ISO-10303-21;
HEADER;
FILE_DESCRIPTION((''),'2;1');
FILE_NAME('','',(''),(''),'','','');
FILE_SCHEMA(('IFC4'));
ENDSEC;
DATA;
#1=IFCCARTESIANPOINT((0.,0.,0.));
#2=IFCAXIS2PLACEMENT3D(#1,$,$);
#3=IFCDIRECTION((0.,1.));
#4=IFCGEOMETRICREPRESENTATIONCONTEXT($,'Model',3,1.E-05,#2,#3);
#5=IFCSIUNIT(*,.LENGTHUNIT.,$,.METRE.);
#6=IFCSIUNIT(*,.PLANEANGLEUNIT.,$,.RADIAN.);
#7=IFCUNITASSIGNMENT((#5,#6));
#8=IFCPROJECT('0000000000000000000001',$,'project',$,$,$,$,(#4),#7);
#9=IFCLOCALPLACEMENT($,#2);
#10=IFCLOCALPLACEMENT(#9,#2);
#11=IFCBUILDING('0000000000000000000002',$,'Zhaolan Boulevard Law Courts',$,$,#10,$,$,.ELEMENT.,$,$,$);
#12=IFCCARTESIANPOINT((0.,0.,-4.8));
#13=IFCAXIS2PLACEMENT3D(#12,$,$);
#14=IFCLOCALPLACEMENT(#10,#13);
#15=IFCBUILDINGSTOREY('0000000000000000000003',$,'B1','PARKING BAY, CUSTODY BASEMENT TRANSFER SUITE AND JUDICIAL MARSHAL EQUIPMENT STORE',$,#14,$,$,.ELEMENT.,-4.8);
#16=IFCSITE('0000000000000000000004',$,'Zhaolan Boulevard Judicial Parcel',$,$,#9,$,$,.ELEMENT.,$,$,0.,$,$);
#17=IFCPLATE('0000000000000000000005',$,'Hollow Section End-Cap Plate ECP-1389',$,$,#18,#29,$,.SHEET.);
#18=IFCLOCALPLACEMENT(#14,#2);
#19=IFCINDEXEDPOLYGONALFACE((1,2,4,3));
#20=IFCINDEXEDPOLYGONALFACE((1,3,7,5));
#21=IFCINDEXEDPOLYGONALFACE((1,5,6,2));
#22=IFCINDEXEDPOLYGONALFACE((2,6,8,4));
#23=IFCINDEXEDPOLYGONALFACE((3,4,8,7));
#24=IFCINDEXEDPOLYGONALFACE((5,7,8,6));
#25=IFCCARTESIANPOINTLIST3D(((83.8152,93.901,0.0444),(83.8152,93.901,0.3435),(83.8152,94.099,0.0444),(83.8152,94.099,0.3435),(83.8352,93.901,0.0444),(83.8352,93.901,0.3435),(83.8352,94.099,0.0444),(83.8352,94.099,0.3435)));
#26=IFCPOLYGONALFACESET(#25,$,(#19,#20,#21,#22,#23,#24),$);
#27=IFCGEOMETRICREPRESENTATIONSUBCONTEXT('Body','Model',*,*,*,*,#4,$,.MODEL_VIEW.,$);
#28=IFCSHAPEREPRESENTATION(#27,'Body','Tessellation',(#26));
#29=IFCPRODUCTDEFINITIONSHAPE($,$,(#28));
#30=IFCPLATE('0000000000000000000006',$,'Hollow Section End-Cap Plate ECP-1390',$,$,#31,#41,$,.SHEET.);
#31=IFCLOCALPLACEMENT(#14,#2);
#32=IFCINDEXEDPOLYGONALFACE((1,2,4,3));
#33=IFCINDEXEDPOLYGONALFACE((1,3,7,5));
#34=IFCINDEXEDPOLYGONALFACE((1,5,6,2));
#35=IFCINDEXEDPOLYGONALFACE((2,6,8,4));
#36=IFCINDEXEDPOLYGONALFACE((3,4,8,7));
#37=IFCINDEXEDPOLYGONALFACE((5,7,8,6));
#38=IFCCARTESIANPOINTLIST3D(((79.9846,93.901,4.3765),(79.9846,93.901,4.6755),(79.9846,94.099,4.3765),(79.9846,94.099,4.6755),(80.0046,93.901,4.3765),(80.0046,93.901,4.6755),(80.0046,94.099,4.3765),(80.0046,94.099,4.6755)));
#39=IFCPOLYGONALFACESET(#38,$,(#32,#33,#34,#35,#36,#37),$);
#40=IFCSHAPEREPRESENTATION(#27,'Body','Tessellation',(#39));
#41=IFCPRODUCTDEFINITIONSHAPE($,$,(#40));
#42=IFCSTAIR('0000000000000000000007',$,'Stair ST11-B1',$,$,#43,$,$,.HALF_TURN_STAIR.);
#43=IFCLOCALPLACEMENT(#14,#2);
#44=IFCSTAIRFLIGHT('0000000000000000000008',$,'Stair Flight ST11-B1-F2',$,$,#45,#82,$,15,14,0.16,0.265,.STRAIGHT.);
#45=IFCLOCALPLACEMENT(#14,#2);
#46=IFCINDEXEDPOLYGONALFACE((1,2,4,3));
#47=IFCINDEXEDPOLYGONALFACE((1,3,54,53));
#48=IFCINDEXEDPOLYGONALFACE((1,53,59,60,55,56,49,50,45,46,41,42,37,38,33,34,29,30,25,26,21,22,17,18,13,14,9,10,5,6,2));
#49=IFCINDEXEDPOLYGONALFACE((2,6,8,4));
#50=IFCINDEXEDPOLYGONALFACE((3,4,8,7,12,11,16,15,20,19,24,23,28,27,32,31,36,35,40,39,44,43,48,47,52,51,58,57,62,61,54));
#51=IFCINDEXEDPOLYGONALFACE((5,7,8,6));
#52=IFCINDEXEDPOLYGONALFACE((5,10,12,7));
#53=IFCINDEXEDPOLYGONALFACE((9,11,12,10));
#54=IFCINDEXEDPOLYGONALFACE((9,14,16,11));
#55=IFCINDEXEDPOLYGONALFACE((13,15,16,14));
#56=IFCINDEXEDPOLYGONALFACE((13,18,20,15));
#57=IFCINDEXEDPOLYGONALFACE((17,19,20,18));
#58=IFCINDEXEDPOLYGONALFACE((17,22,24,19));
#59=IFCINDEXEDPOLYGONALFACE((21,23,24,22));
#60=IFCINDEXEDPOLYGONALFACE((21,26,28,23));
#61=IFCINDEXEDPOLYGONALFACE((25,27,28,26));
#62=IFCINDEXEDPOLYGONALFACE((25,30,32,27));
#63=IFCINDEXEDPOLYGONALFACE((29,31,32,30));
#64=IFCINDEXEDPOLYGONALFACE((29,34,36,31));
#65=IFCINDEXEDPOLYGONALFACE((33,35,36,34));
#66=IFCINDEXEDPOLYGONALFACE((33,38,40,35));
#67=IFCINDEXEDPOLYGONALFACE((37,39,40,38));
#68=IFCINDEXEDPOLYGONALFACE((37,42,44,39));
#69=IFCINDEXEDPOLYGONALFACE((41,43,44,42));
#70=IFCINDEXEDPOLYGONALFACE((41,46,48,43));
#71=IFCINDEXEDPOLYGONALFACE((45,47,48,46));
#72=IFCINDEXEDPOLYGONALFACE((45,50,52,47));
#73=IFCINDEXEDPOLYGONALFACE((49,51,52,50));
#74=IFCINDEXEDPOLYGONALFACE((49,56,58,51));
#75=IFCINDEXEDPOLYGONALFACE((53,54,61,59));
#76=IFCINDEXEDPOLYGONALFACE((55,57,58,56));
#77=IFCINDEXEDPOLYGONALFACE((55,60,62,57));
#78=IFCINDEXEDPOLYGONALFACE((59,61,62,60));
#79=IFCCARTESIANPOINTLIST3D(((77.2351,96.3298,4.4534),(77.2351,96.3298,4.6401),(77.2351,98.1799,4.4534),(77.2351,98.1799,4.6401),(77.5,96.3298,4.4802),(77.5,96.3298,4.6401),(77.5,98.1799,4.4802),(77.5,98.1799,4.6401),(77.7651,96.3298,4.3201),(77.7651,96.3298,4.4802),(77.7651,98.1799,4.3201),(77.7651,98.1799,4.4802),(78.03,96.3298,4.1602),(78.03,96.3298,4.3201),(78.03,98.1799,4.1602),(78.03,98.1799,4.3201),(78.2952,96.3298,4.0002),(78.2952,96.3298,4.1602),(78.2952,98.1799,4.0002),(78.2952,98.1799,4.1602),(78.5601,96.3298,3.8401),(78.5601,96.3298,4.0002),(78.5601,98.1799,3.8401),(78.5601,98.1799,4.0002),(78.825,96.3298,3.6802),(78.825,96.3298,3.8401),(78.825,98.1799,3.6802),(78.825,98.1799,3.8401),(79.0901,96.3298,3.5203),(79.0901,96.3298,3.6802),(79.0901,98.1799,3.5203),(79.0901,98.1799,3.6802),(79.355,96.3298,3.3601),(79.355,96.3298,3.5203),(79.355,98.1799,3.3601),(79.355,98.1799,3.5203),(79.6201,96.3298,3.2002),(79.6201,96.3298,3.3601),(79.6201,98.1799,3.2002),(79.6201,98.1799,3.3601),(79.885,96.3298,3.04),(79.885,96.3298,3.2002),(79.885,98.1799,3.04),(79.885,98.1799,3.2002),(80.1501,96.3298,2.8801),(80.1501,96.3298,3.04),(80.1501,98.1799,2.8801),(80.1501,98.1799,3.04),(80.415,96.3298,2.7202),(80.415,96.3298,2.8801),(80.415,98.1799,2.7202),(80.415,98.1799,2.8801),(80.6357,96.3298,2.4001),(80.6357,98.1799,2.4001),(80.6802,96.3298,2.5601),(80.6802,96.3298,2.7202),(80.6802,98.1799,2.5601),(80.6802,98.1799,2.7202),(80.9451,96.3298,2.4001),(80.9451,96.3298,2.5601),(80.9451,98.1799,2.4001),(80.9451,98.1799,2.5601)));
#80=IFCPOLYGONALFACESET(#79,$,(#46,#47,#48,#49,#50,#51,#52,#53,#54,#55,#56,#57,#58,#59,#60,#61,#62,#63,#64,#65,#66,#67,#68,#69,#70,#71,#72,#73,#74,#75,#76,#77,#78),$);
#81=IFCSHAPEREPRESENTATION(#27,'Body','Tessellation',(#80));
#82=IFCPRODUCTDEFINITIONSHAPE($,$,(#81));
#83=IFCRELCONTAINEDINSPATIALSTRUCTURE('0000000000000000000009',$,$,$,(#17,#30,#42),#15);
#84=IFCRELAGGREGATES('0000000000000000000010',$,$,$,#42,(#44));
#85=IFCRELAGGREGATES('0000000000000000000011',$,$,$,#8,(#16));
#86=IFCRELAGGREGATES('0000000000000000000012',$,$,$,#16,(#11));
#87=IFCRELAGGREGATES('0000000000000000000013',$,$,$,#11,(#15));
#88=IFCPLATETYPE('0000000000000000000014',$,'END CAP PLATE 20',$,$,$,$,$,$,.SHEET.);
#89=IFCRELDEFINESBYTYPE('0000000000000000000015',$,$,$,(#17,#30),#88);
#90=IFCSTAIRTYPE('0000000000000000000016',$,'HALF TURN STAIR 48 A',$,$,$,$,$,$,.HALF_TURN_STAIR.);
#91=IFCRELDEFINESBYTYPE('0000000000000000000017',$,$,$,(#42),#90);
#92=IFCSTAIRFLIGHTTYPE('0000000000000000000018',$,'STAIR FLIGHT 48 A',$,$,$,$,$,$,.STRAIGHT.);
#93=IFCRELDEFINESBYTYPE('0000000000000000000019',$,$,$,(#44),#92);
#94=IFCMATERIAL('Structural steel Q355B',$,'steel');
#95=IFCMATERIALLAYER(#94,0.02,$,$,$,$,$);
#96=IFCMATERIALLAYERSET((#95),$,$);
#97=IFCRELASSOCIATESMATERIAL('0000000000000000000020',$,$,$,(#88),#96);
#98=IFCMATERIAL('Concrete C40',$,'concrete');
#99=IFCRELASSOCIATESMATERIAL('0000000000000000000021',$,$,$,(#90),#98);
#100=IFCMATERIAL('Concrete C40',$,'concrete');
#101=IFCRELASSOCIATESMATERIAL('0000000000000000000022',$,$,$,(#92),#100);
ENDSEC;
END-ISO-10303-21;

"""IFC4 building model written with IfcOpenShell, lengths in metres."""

from ifc_helpers import new_model, si_unit, direction, frame, origin, origin_2d, place, context, subcontext, project, spatial, polyline, rectangle, outline, extrude, material, layer, layer_set, type_object, element, aggregate, save


model = new_model("IFC4")

# Units and contexts
model_context = context("Model", 3, precision=1e-05, world=origin(), true_north=direction((0.0, 1.0)))
body_context = subcontext(model_context, "Body", "Model", "MODEL_VIEW")
ifc_project = project(units=[si_unit("LENGTHUNIT", "METRE"), si_unit("PLANEANGLEUNIT", "RADIAN")], contexts=[model_context])

# Site, building, storey
site_placement = place(None, origin())
site = spatial("IfcSite", under=ifc_project, at=site_placement, Name="Zhaolan Boulevard Judicial Parcel", CompositionType="ELEMENT", RefElevation=0.0)
building_placement = place(site_placement, origin())
building = spatial("IfcBuilding", under=site, at=building_placement, Name="Zhaolan Boulevard Law Courts", CompositionType="ELEMENT")
storey_placement = place(building_placement, frame((0.0, 0.0, -4.8)))
storey = spatial("IfcBuildingStorey", under=building, at=storey_placement, Name="B1", Description="PARKING BAY, CUSTODY BASEMENT TRANSFER SUITE AND JUDICIAL MARSHAL EQUIPMENT STORE", CompositionType="ELEMENT", Elevation=-4.8)

# Plates
ifc_material_1 = material(Name="Structural steel Q355B", Category="steel")
ifc_layer_1 = layer(ifc_material_1, 0.02)
ifc_layer_set_1 = layer_set([ifc_layer_1])
plate_type_1 = type_object("IfcPlateType", Name="END CAP PLATE 20", PredefinedType="SHEET", material=ifc_layer_set_1)
for number, where, z_axis, x_axis, name in (
    (1, (83.8252, 94.0, 0.0444), (0.0, 0.0, 1.0), (-1.0, 0.0, 0.0), "Hollow Section End-Cap Plate ECP-1389"),
    (2, (79.9946, 94.0, 4.3765), (0.0, 0.0, 1.0), (-1.0, 0.0, 0.0), "Hollow Section End-Cap Plate ECP-1390"),
):
    element("IfcPlate", number, at=place(storey_placement, frame(where, z_axis=z_axis, x_axis=x_axis)), inside=storey, type_object=plate_type_1, Name=name, PredefinedType="SHEET", context=body_context, shape_type="SweptSolid", body=[
        extrude(rectangle(XDim=0.02, YDim=0.198, at=origin_2d()), origin(), (0.0, 0.0, 1.0), 0.2991),
    ])

# Stair, stair flight
ifc_material_2 = material(Name="Concrete C40", Category="concrete")
stair_type = type_object("IfcStairType", Name="HALF TURN STAIR 48 A", PredefinedType="HALF_TURN_STAIR", material=ifc_material_2)
stair_placement = place(storey_placement, origin())
stair = element("IfcStair", 3, at=stair_placement, inside=storey, type_object=stair_type, Name="Stair ST11-B1", PredefinedType="HALF_TURN_STAIR")
ifc_material_3 = material(Name="Concrete C40", Category="concrete")
stair_flight_type = type_object("IfcStairFlightType", Name="STAIR FLIGHT 48 A", PredefinedType="STRAIGHT", material=ifc_material_3)
stair_flight_placement = place(storey_placement, frame((80.9451, 97.2549, 2.4001), z_axis=(0.0, 0.0, 1.0), x_axis=(-1.0, 0.0, 0.0)))
stair_flight = element("IfcStairFlight", 4, at=stair_flight_placement, type_object=stair_flight_type, Name="Stair Flight ST11-B1-F2", NumberOfRisers=15, NumberOfTreads=14, PredefinedType="STRAIGHT", RiserHeight=0.16, TreadLength=0.265, context=body_context, shape_type="SweptSolid", body=[
    extrude(outline(polyline([(0.0, 0.0), (0.0, 0.1599), (0.2649, 0.1599), (0.2649, 0.3201), (0.53, 0.3201), (0.53, 0.48), (0.7949, 0.48), (0.7949, 0.6399), (1.0601, 0.6399), (1.0601, 0.8), (1.325, 0.8), (1.325, 0.96), (1.5901, 0.96), (1.5901, 1.1201), (1.855, 1.1201), (1.855, 1.28), (2.1201, 1.28), (2.1201, 1.4399), (2.385, 1.4399), (2.385, 1.6001), (2.6499, 1.6001), (2.6499, 1.76), (2.915, 1.76), (2.915, 1.9199), (3.1799, 1.9199), (3.1799, 2.0801), (3.4451, 2.0801), (3.4451, 2.24), (3.71, 2.24), (3.71, 2.3999), (3.71, 2.0532), (0.3093, 0.0), (0.0, 0.0)])), frame((0.0, 0.925, 0.0), z_axis=(0.0, -1.0, 0.0), x_axis=(1.0, 0.0, 0.0)), (0.0, 0.0, 1.0), 1.8501),
])
aggregate(stair, [stair_flight])

save(model, "model.ifc")
